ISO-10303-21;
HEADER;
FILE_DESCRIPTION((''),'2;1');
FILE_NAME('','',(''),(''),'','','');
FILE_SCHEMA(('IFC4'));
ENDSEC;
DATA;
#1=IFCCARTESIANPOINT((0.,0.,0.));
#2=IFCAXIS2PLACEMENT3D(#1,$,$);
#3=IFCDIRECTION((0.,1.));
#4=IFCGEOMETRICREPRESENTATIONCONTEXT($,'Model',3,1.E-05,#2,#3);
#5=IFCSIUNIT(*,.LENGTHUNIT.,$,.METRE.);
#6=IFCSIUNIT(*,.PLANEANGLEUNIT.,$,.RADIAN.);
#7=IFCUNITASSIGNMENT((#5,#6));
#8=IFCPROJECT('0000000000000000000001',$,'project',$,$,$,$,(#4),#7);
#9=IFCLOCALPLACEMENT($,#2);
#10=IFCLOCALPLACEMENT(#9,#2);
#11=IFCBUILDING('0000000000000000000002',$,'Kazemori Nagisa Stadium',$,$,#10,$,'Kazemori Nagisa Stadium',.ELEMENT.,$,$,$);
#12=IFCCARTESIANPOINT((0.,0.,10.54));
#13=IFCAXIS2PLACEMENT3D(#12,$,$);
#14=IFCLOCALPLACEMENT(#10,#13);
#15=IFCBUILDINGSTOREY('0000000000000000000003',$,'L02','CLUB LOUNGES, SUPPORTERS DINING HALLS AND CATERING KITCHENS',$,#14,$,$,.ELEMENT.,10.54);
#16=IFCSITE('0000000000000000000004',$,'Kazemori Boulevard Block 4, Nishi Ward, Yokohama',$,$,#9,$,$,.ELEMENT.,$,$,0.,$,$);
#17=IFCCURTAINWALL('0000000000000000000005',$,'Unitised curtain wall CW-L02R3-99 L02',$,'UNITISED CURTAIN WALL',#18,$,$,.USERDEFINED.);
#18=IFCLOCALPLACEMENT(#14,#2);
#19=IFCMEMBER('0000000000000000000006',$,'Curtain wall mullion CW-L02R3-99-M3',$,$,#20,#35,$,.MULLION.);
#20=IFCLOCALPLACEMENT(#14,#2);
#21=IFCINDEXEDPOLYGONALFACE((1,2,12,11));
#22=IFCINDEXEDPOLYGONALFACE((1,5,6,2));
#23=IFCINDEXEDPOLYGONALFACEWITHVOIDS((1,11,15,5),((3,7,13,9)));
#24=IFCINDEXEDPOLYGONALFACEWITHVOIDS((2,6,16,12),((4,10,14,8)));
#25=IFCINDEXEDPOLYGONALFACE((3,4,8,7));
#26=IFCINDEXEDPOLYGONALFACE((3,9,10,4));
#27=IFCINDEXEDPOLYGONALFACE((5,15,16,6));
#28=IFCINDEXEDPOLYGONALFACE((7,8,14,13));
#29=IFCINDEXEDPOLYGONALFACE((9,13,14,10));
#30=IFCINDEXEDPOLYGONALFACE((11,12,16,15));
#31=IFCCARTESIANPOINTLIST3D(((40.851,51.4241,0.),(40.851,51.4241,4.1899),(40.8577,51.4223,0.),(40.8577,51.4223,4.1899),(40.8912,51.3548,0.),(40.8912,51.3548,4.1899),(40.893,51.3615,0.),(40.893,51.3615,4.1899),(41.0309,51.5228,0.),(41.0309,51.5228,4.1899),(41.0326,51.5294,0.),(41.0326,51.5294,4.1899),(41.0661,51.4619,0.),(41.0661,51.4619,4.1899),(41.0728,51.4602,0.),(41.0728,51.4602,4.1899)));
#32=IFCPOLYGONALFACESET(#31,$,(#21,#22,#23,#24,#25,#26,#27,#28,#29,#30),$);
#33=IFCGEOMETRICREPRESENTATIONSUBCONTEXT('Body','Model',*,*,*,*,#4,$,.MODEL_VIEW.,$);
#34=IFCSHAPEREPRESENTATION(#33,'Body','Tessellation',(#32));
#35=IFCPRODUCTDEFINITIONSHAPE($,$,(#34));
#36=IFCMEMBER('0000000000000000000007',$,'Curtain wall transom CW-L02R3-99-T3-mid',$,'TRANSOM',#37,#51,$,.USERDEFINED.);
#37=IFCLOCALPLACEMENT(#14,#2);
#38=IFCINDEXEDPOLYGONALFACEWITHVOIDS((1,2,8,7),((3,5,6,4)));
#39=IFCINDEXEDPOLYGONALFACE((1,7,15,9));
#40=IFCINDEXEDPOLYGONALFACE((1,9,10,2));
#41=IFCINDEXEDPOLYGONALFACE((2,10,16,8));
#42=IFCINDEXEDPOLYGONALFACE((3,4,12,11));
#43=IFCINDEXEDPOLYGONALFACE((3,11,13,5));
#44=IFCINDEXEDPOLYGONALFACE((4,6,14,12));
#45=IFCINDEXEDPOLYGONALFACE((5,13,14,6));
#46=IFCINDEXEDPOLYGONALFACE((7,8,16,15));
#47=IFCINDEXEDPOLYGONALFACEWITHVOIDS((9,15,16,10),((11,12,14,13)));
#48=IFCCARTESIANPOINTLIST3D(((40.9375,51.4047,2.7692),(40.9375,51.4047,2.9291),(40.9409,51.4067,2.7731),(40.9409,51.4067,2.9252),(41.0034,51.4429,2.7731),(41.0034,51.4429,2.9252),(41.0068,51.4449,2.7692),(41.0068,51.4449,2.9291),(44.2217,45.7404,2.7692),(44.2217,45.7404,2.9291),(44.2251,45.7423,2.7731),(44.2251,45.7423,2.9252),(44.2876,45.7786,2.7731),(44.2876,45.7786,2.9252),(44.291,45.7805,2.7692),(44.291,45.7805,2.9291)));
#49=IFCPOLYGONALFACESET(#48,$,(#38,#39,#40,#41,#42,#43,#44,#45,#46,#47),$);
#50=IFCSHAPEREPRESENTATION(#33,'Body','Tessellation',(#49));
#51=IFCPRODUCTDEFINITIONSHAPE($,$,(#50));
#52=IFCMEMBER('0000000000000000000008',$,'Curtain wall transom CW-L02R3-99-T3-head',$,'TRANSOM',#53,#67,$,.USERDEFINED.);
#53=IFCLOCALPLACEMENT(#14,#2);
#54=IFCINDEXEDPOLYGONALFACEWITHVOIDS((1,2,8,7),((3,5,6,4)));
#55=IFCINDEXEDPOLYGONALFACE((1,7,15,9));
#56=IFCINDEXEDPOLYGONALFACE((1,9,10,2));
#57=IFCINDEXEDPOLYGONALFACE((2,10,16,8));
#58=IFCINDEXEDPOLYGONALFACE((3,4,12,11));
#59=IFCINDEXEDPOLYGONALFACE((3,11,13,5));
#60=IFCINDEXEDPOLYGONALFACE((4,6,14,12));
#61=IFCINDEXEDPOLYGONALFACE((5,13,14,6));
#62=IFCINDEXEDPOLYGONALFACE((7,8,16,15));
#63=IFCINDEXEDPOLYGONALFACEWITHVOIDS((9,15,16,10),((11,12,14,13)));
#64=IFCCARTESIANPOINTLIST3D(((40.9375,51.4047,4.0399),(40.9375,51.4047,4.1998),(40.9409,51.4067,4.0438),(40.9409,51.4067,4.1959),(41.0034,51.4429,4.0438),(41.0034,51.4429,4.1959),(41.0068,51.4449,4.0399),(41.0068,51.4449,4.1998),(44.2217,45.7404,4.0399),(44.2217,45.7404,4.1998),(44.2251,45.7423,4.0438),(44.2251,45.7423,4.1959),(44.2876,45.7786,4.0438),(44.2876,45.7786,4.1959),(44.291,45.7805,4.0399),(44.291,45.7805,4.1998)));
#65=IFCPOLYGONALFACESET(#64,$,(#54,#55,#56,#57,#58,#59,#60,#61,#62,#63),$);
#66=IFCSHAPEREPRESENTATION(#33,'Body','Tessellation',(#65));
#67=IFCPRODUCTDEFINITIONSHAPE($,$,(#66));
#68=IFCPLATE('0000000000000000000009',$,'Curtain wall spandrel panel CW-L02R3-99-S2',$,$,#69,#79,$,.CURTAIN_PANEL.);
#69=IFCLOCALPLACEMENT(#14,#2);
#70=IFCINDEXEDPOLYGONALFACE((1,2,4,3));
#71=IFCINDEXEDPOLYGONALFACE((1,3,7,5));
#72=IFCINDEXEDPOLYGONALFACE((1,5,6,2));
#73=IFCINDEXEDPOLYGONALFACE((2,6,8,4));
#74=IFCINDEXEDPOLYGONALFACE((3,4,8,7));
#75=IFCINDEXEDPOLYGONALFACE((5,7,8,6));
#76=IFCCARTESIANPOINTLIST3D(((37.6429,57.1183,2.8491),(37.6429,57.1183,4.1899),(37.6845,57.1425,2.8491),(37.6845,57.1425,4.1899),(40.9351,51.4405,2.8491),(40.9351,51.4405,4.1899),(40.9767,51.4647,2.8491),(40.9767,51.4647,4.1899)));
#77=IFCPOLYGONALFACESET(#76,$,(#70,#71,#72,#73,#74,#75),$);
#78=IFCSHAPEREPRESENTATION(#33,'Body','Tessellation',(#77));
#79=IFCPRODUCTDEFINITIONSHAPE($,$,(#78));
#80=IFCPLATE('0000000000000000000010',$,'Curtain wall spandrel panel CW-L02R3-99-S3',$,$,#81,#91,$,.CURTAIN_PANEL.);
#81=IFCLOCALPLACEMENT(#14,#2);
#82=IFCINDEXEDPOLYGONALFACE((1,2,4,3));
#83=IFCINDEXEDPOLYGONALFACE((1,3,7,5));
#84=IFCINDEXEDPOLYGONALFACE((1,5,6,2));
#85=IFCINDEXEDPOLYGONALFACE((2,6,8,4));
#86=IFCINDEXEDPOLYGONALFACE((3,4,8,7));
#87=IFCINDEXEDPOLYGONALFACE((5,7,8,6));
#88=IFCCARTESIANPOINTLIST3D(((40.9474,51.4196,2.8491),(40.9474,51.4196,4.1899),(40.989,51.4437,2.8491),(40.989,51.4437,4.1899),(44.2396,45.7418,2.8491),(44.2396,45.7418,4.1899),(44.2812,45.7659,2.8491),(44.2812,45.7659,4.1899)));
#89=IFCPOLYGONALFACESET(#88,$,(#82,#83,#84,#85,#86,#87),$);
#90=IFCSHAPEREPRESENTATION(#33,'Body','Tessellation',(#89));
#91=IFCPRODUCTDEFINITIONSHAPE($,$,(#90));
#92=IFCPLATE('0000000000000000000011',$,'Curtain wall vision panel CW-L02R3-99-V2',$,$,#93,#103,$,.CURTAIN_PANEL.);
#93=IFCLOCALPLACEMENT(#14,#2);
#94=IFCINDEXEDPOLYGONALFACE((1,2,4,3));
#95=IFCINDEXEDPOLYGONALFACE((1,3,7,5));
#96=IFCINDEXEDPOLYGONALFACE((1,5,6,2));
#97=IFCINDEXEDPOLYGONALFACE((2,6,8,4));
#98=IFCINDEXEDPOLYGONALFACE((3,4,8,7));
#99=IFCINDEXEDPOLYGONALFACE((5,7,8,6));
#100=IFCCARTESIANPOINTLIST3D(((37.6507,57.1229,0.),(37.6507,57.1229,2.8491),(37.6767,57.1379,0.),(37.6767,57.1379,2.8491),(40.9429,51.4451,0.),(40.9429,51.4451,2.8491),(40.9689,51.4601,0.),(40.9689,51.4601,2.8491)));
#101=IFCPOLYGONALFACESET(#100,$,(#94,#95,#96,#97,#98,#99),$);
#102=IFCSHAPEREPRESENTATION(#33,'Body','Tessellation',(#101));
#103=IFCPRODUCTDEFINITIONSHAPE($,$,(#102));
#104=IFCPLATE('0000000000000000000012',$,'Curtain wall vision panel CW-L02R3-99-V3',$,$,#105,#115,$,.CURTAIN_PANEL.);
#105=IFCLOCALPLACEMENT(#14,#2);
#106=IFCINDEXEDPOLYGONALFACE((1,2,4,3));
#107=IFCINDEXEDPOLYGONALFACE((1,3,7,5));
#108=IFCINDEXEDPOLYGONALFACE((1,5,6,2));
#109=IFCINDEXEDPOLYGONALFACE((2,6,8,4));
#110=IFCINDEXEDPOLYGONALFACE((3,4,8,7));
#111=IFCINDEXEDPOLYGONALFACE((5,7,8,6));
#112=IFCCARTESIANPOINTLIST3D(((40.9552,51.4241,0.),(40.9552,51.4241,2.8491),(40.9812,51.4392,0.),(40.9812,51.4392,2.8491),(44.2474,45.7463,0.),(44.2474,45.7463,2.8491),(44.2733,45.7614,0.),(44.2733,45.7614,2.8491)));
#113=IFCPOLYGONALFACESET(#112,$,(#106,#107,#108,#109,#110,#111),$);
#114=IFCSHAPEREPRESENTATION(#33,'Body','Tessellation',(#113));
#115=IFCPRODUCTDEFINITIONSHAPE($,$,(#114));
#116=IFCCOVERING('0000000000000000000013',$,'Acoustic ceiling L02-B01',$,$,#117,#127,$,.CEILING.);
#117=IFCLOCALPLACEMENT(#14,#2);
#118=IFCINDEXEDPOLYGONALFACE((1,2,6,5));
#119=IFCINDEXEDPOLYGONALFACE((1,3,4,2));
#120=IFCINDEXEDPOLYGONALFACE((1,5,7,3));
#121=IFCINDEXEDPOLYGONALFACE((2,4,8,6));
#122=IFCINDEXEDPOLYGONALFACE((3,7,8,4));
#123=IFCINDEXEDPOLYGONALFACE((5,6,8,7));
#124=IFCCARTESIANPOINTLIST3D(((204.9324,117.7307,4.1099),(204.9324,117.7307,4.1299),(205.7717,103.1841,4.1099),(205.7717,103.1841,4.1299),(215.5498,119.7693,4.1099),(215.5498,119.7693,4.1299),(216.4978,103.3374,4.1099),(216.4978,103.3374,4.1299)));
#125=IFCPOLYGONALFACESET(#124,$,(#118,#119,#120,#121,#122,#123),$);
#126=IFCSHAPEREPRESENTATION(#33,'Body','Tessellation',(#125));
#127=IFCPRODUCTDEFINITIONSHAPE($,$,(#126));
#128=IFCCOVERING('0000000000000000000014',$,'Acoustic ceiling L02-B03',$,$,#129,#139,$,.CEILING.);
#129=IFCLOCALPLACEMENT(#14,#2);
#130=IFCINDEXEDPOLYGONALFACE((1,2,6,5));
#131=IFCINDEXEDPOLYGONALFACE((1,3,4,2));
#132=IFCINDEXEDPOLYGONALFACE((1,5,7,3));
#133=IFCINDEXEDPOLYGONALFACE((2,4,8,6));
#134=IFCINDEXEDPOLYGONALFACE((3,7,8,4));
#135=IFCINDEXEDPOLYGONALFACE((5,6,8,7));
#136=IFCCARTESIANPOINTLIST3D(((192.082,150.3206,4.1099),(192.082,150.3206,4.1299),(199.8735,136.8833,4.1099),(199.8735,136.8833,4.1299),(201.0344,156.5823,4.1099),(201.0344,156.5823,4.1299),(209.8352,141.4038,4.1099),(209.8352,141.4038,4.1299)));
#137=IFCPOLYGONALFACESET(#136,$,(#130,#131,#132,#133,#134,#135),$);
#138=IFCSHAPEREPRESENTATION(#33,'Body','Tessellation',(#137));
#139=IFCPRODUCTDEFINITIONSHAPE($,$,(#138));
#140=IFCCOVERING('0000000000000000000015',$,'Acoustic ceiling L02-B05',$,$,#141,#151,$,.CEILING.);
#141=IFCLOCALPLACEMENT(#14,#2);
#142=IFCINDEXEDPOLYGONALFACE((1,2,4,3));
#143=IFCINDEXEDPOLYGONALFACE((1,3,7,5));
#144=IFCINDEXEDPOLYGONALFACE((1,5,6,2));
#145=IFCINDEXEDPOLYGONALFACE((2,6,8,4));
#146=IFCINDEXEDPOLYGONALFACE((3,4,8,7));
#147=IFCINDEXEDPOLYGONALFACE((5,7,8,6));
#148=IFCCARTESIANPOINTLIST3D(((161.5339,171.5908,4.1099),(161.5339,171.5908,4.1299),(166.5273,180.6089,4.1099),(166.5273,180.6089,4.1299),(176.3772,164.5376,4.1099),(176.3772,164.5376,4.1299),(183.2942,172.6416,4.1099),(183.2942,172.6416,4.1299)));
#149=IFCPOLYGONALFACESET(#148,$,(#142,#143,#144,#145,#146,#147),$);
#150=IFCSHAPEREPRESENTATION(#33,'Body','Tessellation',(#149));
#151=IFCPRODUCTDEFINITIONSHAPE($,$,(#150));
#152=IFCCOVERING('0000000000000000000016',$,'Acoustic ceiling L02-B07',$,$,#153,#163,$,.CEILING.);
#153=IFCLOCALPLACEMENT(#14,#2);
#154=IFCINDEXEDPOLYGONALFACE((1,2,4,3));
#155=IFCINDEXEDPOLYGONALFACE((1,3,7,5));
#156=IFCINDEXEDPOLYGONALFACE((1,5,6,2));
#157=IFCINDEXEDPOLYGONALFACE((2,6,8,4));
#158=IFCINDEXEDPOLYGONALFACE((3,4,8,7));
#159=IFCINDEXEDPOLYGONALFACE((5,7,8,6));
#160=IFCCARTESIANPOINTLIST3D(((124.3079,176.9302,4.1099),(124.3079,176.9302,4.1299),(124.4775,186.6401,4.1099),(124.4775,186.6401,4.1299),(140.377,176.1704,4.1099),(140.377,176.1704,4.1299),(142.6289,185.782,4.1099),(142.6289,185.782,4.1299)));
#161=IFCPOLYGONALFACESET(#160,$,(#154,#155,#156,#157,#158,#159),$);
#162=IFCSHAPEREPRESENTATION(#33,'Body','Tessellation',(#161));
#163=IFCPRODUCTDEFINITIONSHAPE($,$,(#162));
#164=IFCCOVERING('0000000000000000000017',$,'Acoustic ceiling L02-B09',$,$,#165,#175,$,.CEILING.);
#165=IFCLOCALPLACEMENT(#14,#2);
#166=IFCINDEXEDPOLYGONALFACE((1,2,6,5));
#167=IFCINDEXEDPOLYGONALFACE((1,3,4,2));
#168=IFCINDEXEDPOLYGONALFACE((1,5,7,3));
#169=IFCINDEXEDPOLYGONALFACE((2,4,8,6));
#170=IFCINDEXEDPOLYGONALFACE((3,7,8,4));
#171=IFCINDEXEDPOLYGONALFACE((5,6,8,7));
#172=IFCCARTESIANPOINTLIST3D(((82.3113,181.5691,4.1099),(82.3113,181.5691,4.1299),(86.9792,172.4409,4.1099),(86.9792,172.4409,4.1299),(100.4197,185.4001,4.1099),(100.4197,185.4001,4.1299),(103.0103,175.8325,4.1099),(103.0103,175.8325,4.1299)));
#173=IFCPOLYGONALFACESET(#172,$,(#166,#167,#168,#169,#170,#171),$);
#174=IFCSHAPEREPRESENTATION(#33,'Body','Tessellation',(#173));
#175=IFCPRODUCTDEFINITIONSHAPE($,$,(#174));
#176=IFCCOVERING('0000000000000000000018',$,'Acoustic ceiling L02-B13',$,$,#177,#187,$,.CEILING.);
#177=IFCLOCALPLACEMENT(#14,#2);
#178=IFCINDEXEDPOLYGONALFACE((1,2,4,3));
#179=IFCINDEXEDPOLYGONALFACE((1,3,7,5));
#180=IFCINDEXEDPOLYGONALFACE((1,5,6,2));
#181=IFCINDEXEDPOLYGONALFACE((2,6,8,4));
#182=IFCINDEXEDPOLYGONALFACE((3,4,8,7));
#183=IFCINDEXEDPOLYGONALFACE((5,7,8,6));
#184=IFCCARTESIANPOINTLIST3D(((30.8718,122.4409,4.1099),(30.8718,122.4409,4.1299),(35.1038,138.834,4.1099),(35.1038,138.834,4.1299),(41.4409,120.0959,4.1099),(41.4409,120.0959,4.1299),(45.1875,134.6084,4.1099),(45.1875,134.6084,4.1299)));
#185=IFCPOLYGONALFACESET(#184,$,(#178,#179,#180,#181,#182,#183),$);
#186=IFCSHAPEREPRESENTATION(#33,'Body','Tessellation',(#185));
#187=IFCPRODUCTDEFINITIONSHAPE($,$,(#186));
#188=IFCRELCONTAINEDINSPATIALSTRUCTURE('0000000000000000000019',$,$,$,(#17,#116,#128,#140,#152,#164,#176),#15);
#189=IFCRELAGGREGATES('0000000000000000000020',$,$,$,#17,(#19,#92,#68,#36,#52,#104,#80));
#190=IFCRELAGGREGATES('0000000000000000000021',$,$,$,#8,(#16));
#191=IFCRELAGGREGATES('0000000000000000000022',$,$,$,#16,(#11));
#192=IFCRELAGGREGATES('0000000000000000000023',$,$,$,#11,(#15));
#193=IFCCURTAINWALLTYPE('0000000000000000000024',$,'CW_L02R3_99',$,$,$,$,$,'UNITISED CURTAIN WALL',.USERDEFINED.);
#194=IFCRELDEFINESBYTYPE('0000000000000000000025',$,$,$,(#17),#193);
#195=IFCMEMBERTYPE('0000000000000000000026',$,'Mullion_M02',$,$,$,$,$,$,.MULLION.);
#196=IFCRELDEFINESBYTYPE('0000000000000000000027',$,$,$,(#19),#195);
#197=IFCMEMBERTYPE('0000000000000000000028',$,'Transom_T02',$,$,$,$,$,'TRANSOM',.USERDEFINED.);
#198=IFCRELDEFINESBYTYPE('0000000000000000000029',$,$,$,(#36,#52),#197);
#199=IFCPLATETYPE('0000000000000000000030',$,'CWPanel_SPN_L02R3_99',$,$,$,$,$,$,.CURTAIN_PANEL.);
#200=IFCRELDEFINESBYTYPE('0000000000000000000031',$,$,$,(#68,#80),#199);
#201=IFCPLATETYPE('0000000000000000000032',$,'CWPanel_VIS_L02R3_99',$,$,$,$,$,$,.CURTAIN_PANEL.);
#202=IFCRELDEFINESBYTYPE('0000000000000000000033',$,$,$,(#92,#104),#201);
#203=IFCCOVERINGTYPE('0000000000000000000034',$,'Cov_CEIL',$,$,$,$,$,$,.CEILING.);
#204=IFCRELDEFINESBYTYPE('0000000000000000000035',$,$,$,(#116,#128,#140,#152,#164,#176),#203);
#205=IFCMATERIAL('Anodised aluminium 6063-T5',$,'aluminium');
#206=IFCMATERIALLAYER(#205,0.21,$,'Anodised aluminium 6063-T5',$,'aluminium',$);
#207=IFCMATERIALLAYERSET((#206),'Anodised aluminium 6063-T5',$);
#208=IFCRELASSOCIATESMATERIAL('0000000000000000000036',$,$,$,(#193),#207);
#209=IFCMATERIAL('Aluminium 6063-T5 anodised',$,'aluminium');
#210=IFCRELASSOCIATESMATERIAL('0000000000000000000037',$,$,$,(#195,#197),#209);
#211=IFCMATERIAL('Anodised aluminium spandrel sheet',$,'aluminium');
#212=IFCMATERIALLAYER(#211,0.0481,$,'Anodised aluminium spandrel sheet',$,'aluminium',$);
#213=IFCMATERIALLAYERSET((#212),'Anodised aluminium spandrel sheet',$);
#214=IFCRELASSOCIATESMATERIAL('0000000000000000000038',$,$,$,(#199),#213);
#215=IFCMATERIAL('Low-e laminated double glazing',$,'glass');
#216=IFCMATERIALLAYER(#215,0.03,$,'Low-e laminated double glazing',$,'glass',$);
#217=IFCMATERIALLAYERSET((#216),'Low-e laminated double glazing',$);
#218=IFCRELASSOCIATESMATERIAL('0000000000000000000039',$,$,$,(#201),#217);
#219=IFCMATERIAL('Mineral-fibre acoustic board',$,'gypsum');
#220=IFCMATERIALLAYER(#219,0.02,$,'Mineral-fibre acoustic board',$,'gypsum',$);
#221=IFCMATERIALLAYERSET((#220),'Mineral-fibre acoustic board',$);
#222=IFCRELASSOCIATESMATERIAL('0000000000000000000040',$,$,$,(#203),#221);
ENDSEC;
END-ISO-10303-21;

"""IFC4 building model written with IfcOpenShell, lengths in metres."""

from ifc_helpers import new_model, si_unit, direction, frame, origin, origin_2d, place, context, subcontext, project, spatial, polyline, rectangle, hollow_rectangle, outline, extrude, material, layer, layer_set, material_profile, profile_set, type_object, element, aggregate, save


model = new_model("IFC4")

# Units and contexts
model_context = context("Model", 3, precision=1e-05, world=origin(), true_north=direction((0.0, 1.0)))
body_context = subcontext(model_context, "Body", "Model", "MODEL_VIEW")
ifc_project = project(units=[si_unit("LENGTHUNIT", "METRE"), si_unit("PLANEANGLEUNIT", "RADIAN")], contexts=[model_context])

# Site, building, storey
site_placement = place(None, origin())
site = spatial("IfcSite", under=ifc_project, at=site_placement, Name="Kazemori Boulevard Block 4, Nishi Ward, Yokohama", CompositionType="ELEMENT", RefElevation=0.0)
building_placement = place(site_placement, origin())
building = spatial("IfcBuilding", under=site, at=building_placement, Name="Kazemori Nagisa Stadium", LongName="Kazemori Nagisa Stadium", CompositionType="ELEMENT")
storey_placement = place(building_placement, frame((0.0, 0.0, 10.54)))
storey = spatial("IfcBuildingStorey", under=building, at=storey_placement, Name="L02", Description="CLUB LOUNGES, SUPPORTERS DINING HALLS AND CATERING KITCHENS", CompositionType="ELEMENT", Elevation=10.54)

# Curtain wall, members, plates
ifc_material_1 = material(Name="Anodised aluminium 6063-T5", Category="aluminium")
ifc_layer_1 = layer(ifc_material_1, 0.21, Name="Anodised aluminium 6063-T5", Category="aluminium")
ifc_layer_set_1 = layer_set([ifc_layer_1], Name="Anodised aluminium 6063-T5")
curtain_wall_type = type_object("IfcCurtainWallType", Name="CW_L02R3_99", ElementType="UNITISED CURTAIN WALL", PredefinedType="USERDEFINED", material=ifc_layer_set_1)
curtain_wall_placement = place(storey_placement, origin())
curtain_wall = element("IfcCurtainWall", 1, at=curtain_wall_placement, inside=storey, type_object=curtain_wall_type, Name="Unitised curtain wall CW-L02R3-99 L02", ObjectType="UNITISED CURTAIN WALL", PredefinedType="USERDEFINED")
ifc_material_2 = material(Name="Aluminium 6063-T5 anodised", Category="aluminium")
ifc_material_profile_1 = material_profile(ifc_material_2, hollow_rectangle(XDim=0.0801, YDim=0.21, WallThickness=0.0049, at=origin_2d()), Name="ALU-MULL-80x210x5")
ifc_profile_set_1 = profile_set([ifc_material_profile_1], Name="Aluminium 6063-T5 anodised")
member_type_1 = type_object("IfcMemberType", Name="Mullion_M02", PredefinedType="MULLION", material=ifc_profile_set_1)
member_1_placement = place(storey_placement, frame((40.9619, 51.4421, 0.0), z_axis=(0.0, 0.0, 1.0), x_axis=(0.501612, -0.865093, 0.0)))
member_1 = element("IfcMember", 2, at=member_1_placement, type_object=member_type_1, Name="Curtain wall mullion CW-L02R3-99-M3", PredefinedType="MULLION", context=body_context, shape_type="SweptSolid", body=[
    extrude(hollow_rectangle(XDim=0.0801, YDim=0.21, WallThickness=0.0049, at=origin_2d()), origin(), (0.0, 0.0, 1.0), 4.1899),
])
ifc_material_profile_2 = material_profile(ifc_material_2, hollow_rectangle(XDim=0.0801, YDim=0.1599, WallThickness=0.0039, at=origin_2d()), Name="ALU-TRAN-80x160x4")
ifc_profile_set_2 = profile_set([ifc_material_profile_2], Name="Aluminium 6063-T5 anodised")
member_type_2 = type_object("IfcMemberType", Name="Transom_T02", ElementType="TRANSOM", PredefinedType="USERDEFINED", material=ifc_profile_set_2)
member_2_placement = place(storey_placement, frame((40.9722, 51.4248, 2.8491), z_axis=(0.50159, -0.865105, 0.0), x_axis=(0.865105, 0.50159, 0.0)))
member_2 = element("IfcMember", 3, at=member_2_placement, type_object=member_type_2, Name="Curtain wall transom CW-L02R3-99-T3-mid", ObjectType="TRANSOM", PredefinedType="USERDEFINED", context=body_context, shape_type="SweptSolid", body=[
    extrude(hollow_rectangle(XDim=0.0801, YDim=0.1599, WallThickness=0.0039, at=origin_2d()), origin(), (0.0, 0.0, 1.0), 6.5476),
])
member_3_placement = place(storey_placement, frame((40.9722, 51.4248, 4.1199), z_axis=(0.50159, -0.865105, 0.0), x_axis=(0.865105, 0.50159, 0.0)))
member_3 = element("IfcMember", 4, at=member_3_placement, type_object=member_type_2, Name="Curtain wall transom CW-L02R3-99-T3-head", ObjectType="TRANSOM", PredefinedType="USERDEFINED", context=body_context, shape_type="SweptSolid", body=[
    extrude(hollow_rectangle(XDim=0.0801, YDim=0.1599, WallThickness=0.0039, at=origin_2d()), origin(), (0.0, 0.0, 1.0), 6.5476),
])
ifc_material_3 = material(Name="Anodised aluminium spandrel sheet", Category="aluminium")
ifc_layer_2 = layer(ifc_material_3, 0.0481, Name="Anodised aluminium spandrel sheet", Category="aluminium")
ifc_layer_set_2 = layer_set([ifc_layer_2], Name="Anodised aluminium spandrel sheet")
plate_type_1 = type_object("IfcPlateType", Name="CWPanel_SPN_L02R3_99", PredefinedType="CURTAIN_PANEL", material=ifc_layer_set_2)
plate_1_placement = place(storey_placement, frame((39.3098, 54.2915, 2.8491), z_axis=(0.0, 0.0, 1.0), x_axis=(0.501612, -0.865093, 0.0)))
plate_1 = element("IfcPlate", 5, at=plate_1_placement, type_object=plate_type_1, Name="Curtain wall spandrel panel CW-L02R3-99-S2", PredefinedType="CURTAIN_PANEL", context=body_context, shape_type="SweptSolid", body=[
    extrude(rectangle(XDim=6.5632, YDim=0.0481, at=origin_2d()), origin(), (0.0, 0.0, 1.0), 1.3408),
])
plate_2_placement = place(storey_placement, frame((42.6143, 48.5928, 2.8491), z_axis=(0.0, 0.0, 1.0), x_axis=(0.501612, -0.865093, 0.0)))
plate_2 = element("IfcPlate", 6, at=plate_2_placement, type_object=plate_type_1, Name="Curtain wall spandrel panel CW-L02R3-99-S3", PredefinedType="CURTAIN_PANEL", context=body_context, shape_type="SweptSolid", body=[
    extrude(rectangle(XDim=6.5632, YDim=0.0481, at=origin_2d()), origin(), (0.0, 0.0, 1.0), 1.3408),
])
ifc_material_4 = material(Name="Low-e laminated double glazing", Category="glass")
ifc_layer_3 = layer(ifc_material_4, 0.03, Name="Low-e laminated double glazing", Category="glass")
ifc_layer_set_3 = layer_set([ifc_layer_3], Name="Low-e laminated double glazing")
plate_type_2 = type_object("IfcPlateType", Name="CWPanel_VIS_L02R3_99", PredefinedType="CURTAIN_PANEL", material=ifc_layer_set_3)
plate_3_placement = place(storey_placement, frame((39.3098, 54.2915, 0.0), z_axis=(0.0, 0.0, 1.0), x_axis=(0.501612, -0.865093, 0.0)))
plate_3 = element("IfcPlate", 7, at=plate_3_placement, type_object=plate_type_2, Name="Curtain wall vision panel CW-L02R3-99-V2", PredefinedType="CURTAIN_PANEL", context=body_context, shape_type="SweptSolid", body=[
    extrude(rectangle(XDim=6.5632, YDim=0.03, at=origin_2d()), origin(), (0.0, 0.0, 1.0), 2.8491),
])
plate_4_placement = place(storey_placement, frame((42.6143, 48.5928, 0.0), z_axis=(0.0, 0.0, 1.0), x_axis=(0.501612, -0.865093, 0.0)))
plate_4 = element("IfcPlate", 8, at=plate_4_placement, type_object=plate_type_2, Name="Curtain wall vision panel CW-L02R3-99-V3", PredefinedType="CURTAIN_PANEL", context=body_context, shape_type="SweptSolid", body=[
    extrude(rectangle(XDim=6.5632, YDim=0.03, at=origin_2d()), origin(), (0.0, 0.0, 1.0), 2.8491),
])
aggregate(curtain_wall, [member_1, plate_3, plate_1, member_2, member_3, plate_4, plate_2])

# Coverings
ifc_material_5 = material(Name="Mineral-fibre acoustic board", Category="gypsum")
ifc_layer_4 = layer(ifc_material_5, 0.02, Name="Mineral-fibre acoustic board", Category="gypsum")
ifc_layer_set_4 = layer_set([ifc_layer_4], Name="Mineral-fibre acoustic board")
covering_type_1 = type_object("IfcCoveringType", Name="Cov_CEIL", PredefinedType="CEILING", material=ifc_layer_set_4)
covering_1_placement = place(storey_placement, frame((0.0, 0.0, 4.1099)))
element("IfcCovering", 9, at=covering_1_placement, inside=storey, type_object=covering_type_1, Name="Acoustic ceiling L02-B01", PredefinedType="CEILING", context=body_context, shape_type="SweptSolid", body=[
    extrude(outline(polyline([(205.7717, 103.1841), (204.9324, 117.7307), (215.5498, 119.7693), (216.4978, 103.3374), (205.7717, 103.1841)])), origin(), (0.0, 0.0, 1.0), 0.02),
])
covering_2_placement = place(storey_placement, frame((0.0, 0.0, 4.1099)))
element("IfcCovering", 10, at=covering_2_placement, inside=storey, type_object=covering_type_1, Name="Acoustic ceiling L02-B03", PredefinedType="CEILING", context=body_context, shape_type="SweptSolid", body=[
    extrude(outline(polyline([(199.8735, 136.8833), (192.082, 150.3206), (201.0344, 156.5823), (209.8352, 141.4038), (199.8735, 136.8833)])), origin(), (0.0, 0.0, 1.0), 0.02),
])
covering_3_placement = place(storey_placement, frame((0.0, 0.0, 4.1099)))
element("IfcCovering", 11, at=covering_3_placement, inside=storey, type_object=covering_type_1, Name="Acoustic ceiling L02-B05", PredefinedType="CEILING", context=body_context, shape_type="SweptSolid", body=[
    extrude(outline(polyline([(176.3772, 164.5376), (161.5339, 171.5908), (166.5273, 180.6089), (183.2942, 172.6416), (176.3772, 164.5376)])), origin(), (0.0, 0.0, 1.0), 0.02),
])
covering_4_placement = place(storey_placement, frame((0.0, 0.0, 4.1099)))
element("IfcCovering", 12, at=covering_4_placement, inside=storey, type_object=covering_type_1, Name="Acoustic ceiling L02-B07", PredefinedType="CEILING", context=body_context, shape_type="SweptSolid", body=[
    extrude(outline(polyline([(140.377, 176.1704), (124.3079, 176.9302), (124.4775, 186.6401), (142.6289, 185.782), (140.377, 176.1704)])), origin(), (0.0, 0.0, 1.0), 0.02),
])
covering_5_placement = place(storey_placement, frame((0.0, 0.0, 4.1099)))
element("IfcCovering", 13, at=covering_5_placement, inside=storey, type_object=covering_type_1, Name="Acoustic ceiling L02-B09", PredefinedType="CEILING", context=body_context, shape_type="SweptSolid", body=[
    extrude(outline(polyline([(103.0103, 175.8325), (86.9792, 172.4409), (82.3113, 181.5691), (100.4197, 185.4001), (103.0103, 175.8325)])), origin(), (0.0, 0.0, 1.0), 0.02),
])
covering_6_placement = place(storey_placement, frame((0.0, 0.0, 4.1099)))
element("IfcCovering", 14, at=covering_6_placement, inside=storey, type_object=covering_type_1, Name="Acoustic ceiling L02-B13", PredefinedType="CEILING", context=body_context, shape_type="SweptSolid", body=[
    extrude(outline(polyline([(45.1875, 134.6084), (41.4409, 120.0959), (30.8718, 122.4409), (35.1038, 138.834), (45.1875, 134.6084)])), origin(), (0.0, 0.0, 1.0), 0.02),
])

save(model, "model.ifc")
